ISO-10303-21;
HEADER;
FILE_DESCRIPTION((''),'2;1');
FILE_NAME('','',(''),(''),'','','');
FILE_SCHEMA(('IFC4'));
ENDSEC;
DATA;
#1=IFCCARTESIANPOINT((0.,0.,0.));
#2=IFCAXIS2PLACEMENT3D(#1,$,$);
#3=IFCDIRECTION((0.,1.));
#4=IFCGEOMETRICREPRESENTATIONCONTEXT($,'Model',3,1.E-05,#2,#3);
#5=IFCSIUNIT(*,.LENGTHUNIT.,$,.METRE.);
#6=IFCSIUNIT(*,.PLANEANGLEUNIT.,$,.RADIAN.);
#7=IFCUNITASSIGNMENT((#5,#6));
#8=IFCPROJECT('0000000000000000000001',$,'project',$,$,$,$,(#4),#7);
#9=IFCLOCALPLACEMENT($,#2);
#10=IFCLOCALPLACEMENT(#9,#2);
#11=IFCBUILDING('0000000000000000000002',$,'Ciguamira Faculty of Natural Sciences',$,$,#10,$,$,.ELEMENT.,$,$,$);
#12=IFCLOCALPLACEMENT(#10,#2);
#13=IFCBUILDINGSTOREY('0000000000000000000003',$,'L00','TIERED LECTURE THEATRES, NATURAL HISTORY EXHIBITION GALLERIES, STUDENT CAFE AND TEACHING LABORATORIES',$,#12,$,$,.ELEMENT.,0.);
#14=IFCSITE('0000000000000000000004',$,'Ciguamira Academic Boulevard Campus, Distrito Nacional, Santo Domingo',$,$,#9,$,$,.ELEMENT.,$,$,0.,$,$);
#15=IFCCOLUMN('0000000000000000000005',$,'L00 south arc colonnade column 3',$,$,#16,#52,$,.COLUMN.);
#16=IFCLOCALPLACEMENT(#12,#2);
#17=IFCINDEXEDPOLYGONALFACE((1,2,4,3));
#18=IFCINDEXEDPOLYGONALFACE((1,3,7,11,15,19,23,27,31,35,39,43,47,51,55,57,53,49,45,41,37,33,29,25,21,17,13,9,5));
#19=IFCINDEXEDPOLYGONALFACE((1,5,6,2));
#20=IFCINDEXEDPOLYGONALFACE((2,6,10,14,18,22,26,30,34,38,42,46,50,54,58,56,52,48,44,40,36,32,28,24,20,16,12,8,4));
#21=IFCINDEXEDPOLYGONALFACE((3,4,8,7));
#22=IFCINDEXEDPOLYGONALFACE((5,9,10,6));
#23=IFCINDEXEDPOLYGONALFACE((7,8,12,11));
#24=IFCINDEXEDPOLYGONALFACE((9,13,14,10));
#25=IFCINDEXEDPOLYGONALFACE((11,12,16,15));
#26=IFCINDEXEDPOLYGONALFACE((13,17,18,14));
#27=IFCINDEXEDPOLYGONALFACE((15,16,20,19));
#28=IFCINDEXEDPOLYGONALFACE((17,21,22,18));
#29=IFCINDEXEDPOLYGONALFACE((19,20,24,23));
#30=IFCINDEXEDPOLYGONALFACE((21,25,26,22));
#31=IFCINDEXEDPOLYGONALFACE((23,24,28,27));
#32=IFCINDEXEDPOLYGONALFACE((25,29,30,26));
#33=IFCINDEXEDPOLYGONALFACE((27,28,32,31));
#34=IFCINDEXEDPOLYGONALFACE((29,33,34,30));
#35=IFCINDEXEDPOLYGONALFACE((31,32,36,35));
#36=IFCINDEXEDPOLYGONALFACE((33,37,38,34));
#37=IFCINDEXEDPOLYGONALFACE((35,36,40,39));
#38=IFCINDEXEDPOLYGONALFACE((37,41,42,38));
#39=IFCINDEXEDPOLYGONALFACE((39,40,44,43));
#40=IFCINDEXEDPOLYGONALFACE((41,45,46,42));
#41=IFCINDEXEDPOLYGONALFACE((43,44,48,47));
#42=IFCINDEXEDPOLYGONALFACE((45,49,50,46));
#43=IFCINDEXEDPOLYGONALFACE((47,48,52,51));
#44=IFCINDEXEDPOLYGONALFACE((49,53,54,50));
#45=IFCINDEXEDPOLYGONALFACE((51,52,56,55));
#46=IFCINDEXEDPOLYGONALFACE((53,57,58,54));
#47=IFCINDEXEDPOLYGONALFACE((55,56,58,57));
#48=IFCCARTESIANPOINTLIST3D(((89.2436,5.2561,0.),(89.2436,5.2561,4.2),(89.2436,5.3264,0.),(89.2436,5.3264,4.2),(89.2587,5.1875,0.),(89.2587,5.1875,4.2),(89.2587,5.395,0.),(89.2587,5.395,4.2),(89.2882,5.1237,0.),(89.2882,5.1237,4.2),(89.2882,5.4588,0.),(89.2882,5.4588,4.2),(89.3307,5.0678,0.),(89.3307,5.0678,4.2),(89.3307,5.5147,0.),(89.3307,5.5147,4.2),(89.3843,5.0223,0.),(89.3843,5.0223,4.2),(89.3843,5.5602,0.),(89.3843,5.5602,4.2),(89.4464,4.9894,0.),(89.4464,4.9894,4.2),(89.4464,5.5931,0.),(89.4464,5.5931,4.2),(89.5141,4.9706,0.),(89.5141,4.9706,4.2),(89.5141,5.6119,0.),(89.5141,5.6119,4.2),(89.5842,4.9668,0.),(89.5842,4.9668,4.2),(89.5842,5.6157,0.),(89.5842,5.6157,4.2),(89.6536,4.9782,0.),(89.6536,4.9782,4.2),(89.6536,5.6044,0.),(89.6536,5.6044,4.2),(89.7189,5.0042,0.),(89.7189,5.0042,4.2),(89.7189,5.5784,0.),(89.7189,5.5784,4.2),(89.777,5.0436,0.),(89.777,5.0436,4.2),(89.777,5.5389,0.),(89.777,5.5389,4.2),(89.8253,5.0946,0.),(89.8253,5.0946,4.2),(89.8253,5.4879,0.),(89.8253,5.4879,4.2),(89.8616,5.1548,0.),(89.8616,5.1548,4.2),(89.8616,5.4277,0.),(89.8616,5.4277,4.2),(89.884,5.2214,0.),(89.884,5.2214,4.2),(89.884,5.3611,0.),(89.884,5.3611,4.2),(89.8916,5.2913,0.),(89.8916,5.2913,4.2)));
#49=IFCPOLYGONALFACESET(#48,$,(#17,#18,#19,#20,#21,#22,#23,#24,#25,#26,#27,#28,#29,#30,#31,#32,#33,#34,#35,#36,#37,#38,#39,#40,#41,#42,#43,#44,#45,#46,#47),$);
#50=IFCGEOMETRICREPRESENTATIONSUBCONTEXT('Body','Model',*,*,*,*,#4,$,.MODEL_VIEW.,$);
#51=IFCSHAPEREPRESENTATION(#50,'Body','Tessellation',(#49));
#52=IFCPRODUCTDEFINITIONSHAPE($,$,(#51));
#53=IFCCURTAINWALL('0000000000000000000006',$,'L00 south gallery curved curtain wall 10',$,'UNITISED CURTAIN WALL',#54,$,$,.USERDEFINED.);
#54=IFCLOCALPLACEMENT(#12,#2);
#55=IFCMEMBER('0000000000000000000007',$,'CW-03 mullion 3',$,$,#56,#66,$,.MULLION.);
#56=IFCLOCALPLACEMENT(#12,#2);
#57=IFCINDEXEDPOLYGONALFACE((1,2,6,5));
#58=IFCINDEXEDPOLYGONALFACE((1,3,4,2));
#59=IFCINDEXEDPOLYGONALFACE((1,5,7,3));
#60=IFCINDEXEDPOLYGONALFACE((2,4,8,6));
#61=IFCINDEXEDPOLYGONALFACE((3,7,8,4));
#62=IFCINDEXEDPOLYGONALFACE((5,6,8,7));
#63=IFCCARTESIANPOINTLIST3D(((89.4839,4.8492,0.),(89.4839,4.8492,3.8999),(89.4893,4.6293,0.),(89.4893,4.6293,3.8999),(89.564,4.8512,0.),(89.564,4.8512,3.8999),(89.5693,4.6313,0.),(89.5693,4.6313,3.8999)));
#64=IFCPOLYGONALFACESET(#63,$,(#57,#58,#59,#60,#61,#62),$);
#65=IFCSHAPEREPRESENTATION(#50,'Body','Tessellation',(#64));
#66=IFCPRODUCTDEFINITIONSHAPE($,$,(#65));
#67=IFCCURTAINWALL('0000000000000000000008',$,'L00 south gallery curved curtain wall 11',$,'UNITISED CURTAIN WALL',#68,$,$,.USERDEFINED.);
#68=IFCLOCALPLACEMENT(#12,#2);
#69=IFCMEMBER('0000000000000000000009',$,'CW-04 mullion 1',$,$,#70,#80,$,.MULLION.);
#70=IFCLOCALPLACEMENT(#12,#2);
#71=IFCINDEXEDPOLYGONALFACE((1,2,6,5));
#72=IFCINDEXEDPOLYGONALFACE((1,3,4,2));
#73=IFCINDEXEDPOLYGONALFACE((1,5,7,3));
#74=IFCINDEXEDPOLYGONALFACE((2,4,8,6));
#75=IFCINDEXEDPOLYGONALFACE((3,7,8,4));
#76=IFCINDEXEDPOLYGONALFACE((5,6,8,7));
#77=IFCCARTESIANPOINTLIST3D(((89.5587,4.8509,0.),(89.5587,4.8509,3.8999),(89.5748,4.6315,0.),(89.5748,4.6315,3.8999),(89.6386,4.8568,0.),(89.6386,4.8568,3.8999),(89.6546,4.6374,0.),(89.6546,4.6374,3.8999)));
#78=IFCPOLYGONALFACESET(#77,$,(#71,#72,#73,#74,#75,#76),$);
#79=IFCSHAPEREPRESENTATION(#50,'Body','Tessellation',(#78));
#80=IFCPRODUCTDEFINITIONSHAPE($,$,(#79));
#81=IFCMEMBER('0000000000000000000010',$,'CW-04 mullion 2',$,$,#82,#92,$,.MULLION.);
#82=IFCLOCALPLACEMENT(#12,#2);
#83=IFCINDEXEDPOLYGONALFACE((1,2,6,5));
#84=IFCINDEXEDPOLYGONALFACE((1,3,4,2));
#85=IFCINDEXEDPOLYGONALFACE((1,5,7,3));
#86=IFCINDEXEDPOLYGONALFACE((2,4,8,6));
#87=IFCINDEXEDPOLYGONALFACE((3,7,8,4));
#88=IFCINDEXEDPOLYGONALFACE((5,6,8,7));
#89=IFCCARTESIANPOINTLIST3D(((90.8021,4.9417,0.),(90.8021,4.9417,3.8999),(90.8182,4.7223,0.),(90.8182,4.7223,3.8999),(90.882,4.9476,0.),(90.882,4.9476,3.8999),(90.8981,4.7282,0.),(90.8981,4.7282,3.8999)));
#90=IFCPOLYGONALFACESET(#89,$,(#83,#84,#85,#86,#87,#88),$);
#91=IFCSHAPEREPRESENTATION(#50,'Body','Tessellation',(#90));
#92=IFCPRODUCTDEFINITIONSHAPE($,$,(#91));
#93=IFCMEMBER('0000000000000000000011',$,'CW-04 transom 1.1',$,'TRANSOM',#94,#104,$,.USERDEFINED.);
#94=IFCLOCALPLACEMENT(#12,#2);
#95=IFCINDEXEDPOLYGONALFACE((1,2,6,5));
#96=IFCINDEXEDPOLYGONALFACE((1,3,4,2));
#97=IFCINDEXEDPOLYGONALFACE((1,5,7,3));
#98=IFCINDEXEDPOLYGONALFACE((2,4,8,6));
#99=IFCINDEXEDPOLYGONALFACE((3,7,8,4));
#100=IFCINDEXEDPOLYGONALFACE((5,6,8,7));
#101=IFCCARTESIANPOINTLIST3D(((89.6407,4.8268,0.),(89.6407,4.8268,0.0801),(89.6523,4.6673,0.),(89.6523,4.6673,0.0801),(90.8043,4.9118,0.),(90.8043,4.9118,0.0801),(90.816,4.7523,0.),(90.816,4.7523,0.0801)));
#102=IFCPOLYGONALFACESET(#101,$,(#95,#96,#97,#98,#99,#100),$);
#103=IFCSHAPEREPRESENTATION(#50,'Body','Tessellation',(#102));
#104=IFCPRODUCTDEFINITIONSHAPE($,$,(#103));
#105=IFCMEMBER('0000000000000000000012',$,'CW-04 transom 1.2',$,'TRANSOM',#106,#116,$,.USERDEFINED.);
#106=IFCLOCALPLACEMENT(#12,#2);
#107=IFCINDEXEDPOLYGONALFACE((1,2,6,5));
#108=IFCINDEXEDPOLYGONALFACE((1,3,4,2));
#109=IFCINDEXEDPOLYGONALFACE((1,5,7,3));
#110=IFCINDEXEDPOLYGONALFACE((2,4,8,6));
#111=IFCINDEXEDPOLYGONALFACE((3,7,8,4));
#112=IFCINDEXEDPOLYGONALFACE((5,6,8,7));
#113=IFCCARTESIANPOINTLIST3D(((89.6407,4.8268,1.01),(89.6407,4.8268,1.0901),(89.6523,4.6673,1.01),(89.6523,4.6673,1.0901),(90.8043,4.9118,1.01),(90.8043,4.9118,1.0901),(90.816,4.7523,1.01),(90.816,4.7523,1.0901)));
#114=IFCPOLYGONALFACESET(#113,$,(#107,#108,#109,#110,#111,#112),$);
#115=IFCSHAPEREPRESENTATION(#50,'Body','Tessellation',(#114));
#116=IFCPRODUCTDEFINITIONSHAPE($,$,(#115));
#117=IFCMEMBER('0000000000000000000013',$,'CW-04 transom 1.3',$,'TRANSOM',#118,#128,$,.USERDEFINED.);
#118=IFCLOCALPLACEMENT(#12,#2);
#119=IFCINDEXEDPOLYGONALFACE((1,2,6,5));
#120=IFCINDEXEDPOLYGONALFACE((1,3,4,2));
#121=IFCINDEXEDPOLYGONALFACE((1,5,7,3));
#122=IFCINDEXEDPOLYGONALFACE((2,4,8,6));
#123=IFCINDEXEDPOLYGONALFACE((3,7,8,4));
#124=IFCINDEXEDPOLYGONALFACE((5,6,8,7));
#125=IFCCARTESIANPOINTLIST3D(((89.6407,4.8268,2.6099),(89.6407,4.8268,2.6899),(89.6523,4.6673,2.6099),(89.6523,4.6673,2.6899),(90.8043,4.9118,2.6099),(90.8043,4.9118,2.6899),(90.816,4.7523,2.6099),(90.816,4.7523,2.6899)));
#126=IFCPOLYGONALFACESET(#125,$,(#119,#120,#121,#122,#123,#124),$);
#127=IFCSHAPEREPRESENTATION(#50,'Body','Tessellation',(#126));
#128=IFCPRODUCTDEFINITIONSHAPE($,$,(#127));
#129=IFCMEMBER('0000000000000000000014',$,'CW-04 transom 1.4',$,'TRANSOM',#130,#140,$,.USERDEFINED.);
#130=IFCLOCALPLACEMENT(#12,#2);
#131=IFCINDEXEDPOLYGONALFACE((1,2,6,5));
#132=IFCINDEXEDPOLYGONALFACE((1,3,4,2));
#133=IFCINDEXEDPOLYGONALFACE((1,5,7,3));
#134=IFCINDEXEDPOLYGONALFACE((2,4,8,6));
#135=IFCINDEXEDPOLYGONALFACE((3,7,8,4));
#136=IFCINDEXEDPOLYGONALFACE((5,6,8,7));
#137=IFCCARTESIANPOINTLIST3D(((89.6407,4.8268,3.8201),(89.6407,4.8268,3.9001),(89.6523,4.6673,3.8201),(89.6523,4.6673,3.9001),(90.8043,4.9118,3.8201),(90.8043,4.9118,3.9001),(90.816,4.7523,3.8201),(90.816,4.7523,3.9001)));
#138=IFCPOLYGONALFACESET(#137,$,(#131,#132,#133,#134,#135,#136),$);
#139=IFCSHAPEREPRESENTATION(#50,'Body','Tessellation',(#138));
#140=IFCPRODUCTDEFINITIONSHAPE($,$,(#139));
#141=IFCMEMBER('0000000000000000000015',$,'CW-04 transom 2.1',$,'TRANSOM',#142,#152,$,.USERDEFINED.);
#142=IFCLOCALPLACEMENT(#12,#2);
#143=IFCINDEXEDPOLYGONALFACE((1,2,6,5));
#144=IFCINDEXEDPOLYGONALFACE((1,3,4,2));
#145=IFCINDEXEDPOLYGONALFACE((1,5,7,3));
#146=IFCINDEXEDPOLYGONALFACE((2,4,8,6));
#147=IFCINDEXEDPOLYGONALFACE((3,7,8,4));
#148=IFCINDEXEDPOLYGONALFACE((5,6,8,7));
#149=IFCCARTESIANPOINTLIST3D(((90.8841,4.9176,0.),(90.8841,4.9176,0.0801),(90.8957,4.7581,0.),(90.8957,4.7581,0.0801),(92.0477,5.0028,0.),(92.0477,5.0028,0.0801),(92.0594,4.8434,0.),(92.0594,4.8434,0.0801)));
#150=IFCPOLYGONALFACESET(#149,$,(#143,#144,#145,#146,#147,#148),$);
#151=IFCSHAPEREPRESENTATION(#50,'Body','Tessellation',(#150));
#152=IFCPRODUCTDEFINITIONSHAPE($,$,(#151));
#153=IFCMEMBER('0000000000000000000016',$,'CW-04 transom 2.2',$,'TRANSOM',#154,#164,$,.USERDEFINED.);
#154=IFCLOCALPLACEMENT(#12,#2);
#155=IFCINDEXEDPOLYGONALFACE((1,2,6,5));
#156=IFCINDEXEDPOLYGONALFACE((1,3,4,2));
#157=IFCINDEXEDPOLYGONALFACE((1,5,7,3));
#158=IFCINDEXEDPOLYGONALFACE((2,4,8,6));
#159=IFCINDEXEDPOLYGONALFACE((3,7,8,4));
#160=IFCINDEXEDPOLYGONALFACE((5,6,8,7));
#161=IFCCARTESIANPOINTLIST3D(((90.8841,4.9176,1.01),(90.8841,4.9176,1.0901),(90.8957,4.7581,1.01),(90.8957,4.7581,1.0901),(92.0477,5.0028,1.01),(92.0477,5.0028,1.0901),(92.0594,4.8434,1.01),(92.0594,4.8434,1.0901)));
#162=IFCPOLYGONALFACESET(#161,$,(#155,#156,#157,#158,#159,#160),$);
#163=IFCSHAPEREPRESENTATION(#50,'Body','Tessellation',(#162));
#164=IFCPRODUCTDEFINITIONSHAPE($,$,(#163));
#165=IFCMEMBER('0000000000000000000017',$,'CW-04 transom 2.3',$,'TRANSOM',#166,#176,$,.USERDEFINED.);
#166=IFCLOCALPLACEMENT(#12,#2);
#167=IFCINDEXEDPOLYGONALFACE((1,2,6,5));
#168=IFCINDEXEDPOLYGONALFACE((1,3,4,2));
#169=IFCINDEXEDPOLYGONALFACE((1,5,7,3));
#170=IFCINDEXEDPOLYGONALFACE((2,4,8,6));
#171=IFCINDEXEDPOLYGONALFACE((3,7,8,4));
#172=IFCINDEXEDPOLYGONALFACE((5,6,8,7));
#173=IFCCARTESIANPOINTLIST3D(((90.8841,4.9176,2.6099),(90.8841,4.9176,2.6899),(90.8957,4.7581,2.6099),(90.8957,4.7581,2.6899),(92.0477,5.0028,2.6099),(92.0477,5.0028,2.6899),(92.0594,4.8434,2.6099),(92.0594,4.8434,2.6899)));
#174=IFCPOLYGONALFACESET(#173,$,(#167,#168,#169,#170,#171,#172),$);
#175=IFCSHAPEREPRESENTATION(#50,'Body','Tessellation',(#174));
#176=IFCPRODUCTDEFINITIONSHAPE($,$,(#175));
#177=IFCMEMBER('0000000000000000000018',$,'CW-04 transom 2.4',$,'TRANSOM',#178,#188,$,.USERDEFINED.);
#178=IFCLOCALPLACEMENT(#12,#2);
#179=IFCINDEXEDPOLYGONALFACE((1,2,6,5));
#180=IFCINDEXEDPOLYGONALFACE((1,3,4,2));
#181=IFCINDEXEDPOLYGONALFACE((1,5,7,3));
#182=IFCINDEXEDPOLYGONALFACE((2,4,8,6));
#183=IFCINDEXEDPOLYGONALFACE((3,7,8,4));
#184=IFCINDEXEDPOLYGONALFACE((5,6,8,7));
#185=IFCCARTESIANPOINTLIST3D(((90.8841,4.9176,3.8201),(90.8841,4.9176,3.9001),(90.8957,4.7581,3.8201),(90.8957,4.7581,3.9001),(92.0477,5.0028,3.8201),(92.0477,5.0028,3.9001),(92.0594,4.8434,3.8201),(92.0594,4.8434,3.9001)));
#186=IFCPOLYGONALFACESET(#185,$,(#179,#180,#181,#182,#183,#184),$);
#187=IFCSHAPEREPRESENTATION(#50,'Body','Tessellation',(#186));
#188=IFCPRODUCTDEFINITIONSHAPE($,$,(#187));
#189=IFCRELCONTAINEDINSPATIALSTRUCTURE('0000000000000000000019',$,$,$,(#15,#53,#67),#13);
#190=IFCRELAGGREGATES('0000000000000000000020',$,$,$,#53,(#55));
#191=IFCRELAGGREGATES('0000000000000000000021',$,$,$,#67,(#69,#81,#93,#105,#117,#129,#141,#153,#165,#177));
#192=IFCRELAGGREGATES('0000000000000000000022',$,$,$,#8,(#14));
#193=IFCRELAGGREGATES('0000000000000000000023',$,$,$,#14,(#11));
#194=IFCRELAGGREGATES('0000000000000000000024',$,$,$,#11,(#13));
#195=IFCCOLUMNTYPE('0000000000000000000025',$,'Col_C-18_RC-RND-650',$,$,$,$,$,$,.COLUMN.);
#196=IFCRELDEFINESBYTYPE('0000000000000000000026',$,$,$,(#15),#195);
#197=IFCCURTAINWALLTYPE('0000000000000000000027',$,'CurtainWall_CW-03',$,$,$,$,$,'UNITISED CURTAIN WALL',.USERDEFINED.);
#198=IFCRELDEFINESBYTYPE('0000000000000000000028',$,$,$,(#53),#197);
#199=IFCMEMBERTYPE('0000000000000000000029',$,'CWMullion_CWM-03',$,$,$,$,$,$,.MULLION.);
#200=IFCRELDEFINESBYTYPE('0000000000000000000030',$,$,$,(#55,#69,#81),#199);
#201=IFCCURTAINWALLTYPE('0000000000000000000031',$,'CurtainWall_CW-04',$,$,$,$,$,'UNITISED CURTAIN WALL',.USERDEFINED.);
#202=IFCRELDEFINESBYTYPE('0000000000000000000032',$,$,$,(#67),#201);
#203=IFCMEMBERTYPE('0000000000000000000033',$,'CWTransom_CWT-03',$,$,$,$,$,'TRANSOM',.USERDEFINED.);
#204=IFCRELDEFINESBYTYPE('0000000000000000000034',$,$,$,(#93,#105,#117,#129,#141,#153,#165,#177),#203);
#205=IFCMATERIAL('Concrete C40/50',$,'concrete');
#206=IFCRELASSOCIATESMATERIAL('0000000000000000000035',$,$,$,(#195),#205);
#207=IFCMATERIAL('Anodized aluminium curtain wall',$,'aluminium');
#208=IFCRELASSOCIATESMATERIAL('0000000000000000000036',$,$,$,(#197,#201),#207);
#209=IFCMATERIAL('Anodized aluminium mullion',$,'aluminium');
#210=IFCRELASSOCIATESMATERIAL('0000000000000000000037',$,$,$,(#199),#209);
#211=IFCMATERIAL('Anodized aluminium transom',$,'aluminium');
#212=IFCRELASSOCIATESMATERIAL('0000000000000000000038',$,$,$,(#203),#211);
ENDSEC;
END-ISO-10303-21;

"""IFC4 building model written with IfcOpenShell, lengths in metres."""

from ifc_helpers import new_model, si_unit, direction, frame, origin, origin_2d, place, context, subcontext, project, spatial, rectangle, circle, extrude, material, material_profile, profile_set, type_object, element, aggregate, save


model = new_model("IFC4")

# Units and contexts
model_context = context("Model", 3, precision=1e-05, world=origin(), true_north=direction((0.0, 1.0)))
body_context = subcontext(model_context, "Body", "Model", "MODEL_VIEW")
ifc_project = project(units=[si_unit("LENGTHUNIT", "METRE"), si_unit("PLANEANGLEUNIT", "RADIAN")], contexts=[model_context])

# Site, building, storey
site_placement = place(None, origin())
site = spatial("IfcSite", under=ifc_project, at=site_placement, Name="Ciguamira Academic Boulevard Campus, Distrito Nacional, Santo Domingo", CompositionType="ELEMENT", RefElevation=0.0)
building_placement = place(site_placement, origin())
building = spatial("IfcBuilding", under=site, at=building_placement, Name="Ciguamira Faculty of Natural Sciences", CompositionType="ELEMENT")
storey_placement = place(building_placement, origin())
storey = spatial("IfcBuildingStorey", under=building, at=storey_placement, Name="L00", Description="TIERED LECTURE THEATRES, NATURAL HISTORY EXHIBITION GALLERIES, STUDENT CAFE AND TEACHING LABORATORIES", CompositionType="ELEMENT", Elevation=0.0)

# Column
ifc_material_1 = material(Name="Concrete C40/50", Category="concrete")
ifc_material_profile_1 = material_profile(ifc_material_1, circle(Radius=0.325, at=origin_2d()), Name="RC-RND-650")
ifc_profile_set_1 = profile_set([ifc_material_profile_1], Name="Concrete C40/50")
column_type = type_object("IfcColumnType", Name="Col_C-18_RC-RND-650", PredefinedType="COLUMN", material=ifc_profile_set_1)
column_placement = place(storey_placement, frame((89.5667, 5.2913, 0.0), z_axis=(0.0, 0.0, 1.0), x_axis=(1.0, 0.0, 0.0)))
element("IfcColumn", 1, at=column_placement, inside=storey, type_object=column_type, Name="L00 south arc colonnade column 3", PredefinedType="COLUMN", context=body_context, shape_type="SweptSolid", body=[
    extrude(circle(Radius=0.325, at=origin_2d()), origin(), (0.0, 0.0, 1.0), 4.2),
])

# Curtain wall, member
ifc_material_2 = material(Name="Anodized aluminium curtain wall", Category="aluminium")
curtain_wall_type_1 = type_object("IfcCurtainWallType", Name="CurtainWall_CW-03", ElementType="UNITISED CURTAIN WALL", PredefinedType="USERDEFINED", material=ifc_material_2)
curtain_wall_1_placement = place(storey_placement, origin())
curtain_wall_1 = element("IfcCurtainWall", 2, at=curtain_wall_1_placement, inside=storey, type_object=curtain_wall_type_1, Name="L00 south gallery curved curtain wall 10", ObjectType="UNITISED CURTAIN WALL", PredefinedType="USERDEFINED")
ifc_material_3 = material(Name="Anodized aluminium mullion", Category="aluminium")
ifc_material_profile_2 = material_profile(ifc_material_3, rectangle(XDim=0.0801, YDim=0.22, at=origin_2d()), Name="ALU-MUL-80X220")
ifc_profile_set_2 = profile_set([ifc_material_profile_2], Name="Anodized aluminium mullion")
member_type_1 = type_object("IfcMemberType", Name="CWMullion_CWM-03", PredefinedType="MULLION", material=ifc_profile_set_2)
member_1_placement = place(storey_placement, frame((89.5266, 4.7402, 0.0), z_axis=(0.0, 0.0, 1.0), x_axis=(0.999704, 0.024343, 0.0)))
member_1 = element("IfcMember", 3, at=member_1_placement, type_object=member_type_1, Name="CW-03 mullion 3", PredefinedType="MULLION", context=body_context, shape_type="SweptSolid", body=[
    extrude(rectangle(XDim=0.0801, YDim=0.22, at=origin_2d()), origin(), (0.0, 0.0, 1.0), 3.8999),
])

# Curtain wall, members
curtain_wall_type_2 = type_object("IfcCurtainWallType", Name="CurtainWall_CW-04", ElementType="UNITISED CURTAIN WALL", PredefinedType="USERDEFINED", material=ifc_material_2)
curtain_wall_2_placement = place(storey_placement, origin())
curtain_wall_2 = element("IfcCurtainWall", 4, at=curtain_wall_2_placement, inside=storey, type_object=curtain_wall_type_2, Name="L00 south gallery curved curtain wall 11", ObjectType="UNITISED CURTAIN WALL", PredefinedType="USERDEFINED")
member_2_placement = place(storey_placement, frame((89.6067, 4.7441, 0.0), z_axis=(0.0, 0.0, 1.0), x_axis=(0.997337, 0.072937, 0.0)))
member_2 = element("IfcMember", 5, at=member_2_placement, type_object=member_type_1, Name="CW-04 mullion 1", PredefinedType="MULLION", context=body_context, shape_type="SweptSolid", body=[
    extrude(rectangle(XDim=0.0801, YDim=0.22, at=origin_2d()), origin(), (0.0, 0.0, 1.0), 3.8999),
])
member_3_placement = place(storey_placement, frame((90.8501, 4.835, 0.0), z_axis=(0.0, 0.0, 1.0), x_axis=(0.997337, 0.072937, 0.0)))
member_3 = element("IfcMember", 6, at=member_3_placement, type_object=member_type_1, Name="CW-04 mullion 2", PredefinedType="MULLION", context=body_context, shape_type="SweptSolid", body=[
    extrude(rectangle(XDim=0.0801, YDim=0.22, at=origin_2d()), origin(), (0.0, 0.0, 1.0), 3.8999),
])
ifc_material_4 = material(Name="Anodized aluminium transom", Category="aluminium")
ifc_material_profile_3 = material_profile(ifc_material_4, rectangle(XDim=0.0801, YDim=0.1599, at=origin_2d()), Name="ALU-TRN-80X160")
ifc_profile_set_3 = profile_set([ifc_material_profile_3], Name="Anodized aluminium transom")
member_type_2 = type_object("IfcMemberType", Name="CWTransom_CWT-03", ElementType="TRANSOM", PredefinedType="USERDEFINED", material=ifc_profile_set_3)
member_4_placement = place(storey_placement, frame((89.6465, 4.7471, 0.04), z_axis=(0.997345, 0.072823, 0.0), x_axis=(0.0, 0.0, 1.0)))
member_4 = element("IfcMember", 7, at=member_4_placement, type_object=member_type_2, Name="CW-04 transom 1.1", ObjectType="TRANSOM", PredefinedType="USERDEFINED", context=body_context, shape_type="SweptSolid", body=[
    extrude(rectangle(XDim=0.0801, YDim=0.1599, at=origin_2d()), origin(), (0.0, 0.0, 1.0), 1.1667),
])
member_5_placement = place(storey_placement, frame((89.6465, 4.7471, 1.05), z_axis=(0.997345, 0.072823, 0.0), x_axis=(0.0, 0.0, 1.0)))
member_5 = element("IfcMember", 8, at=member_5_placement, type_object=member_type_2, Name="CW-04 transom 1.2", ObjectType="TRANSOM", PredefinedType="USERDEFINED", context=body_context, shape_type="SweptSolid", body=[
    extrude(rectangle(XDim=0.0801, YDim=0.1599, at=origin_2d()), origin(), (0.0, 0.0, 1.0), 1.1667),
])
member_6_placement = place(storey_placement, frame((89.6465, 4.7471, 2.6499), z_axis=(0.997345, 0.072823, 0.0), x_axis=(0.0, 0.0, 1.0)))
member_6 = element("IfcMember", 9, at=member_6_placement, type_object=member_type_2, Name="CW-04 transom 1.3", ObjectType="TRANSOM", PredefinedType="USERDEFINED", context=body_context, shape_type="SweptSolid", body=[
    extrude(rectangle(XDim=0.0801, YDim=0.1599, at=origin_2d()), origin(), (0.0, 0.0, 1.0), 1.1667),
])
member_7_placement = place(storey_placement, frame((89.6465, 4.7471, 3.8601), z_axis=(0.997345, 0.072823, 0.0), x_axis=(0.0, 0.0, 1.0)))
member_7 = element("IfcMember", 10, at=member_7_placement, type_object=member_type_2, Name="CW-04 transom 1.4", ObjectType="TRANSOM", PredefinedType="USERDEFINED", context=body_context, shape_type="SweptSolid", body=[
    extrude(rectangle(XDim=0.0801, YDim=0.1599, at=origin_2d()), origin(), (0.0, 0.0, 1.0), 1.1667),
])
member_8_placement = place(storey_placement, frame((90.8899, 4.8379, 0.04), z_axis=(0.99733, 0.073031, 0.0), x_axis=(0.0, 0.0, 1.0)))
member_8 = element("IfcMember", 11, at=member_8_placement, type_object=member_type_2, Name="CW-04 transom 2.1", ObjectType="TRANSOM", PredefinedType="USERDEFINED", context=body_context, shape_type="SweptSolid", body=[
    extrude(rectangle(XDim=0.0801, YDim=0.1599, at=origin_2d()), origin(), (0.0, 0.0, 1.0), 1.1667),
])
member_9_placement = place(storey_placement, frame((90.8899, 4.8379, 1.05), z_axis=(0.99733, 0.073031, 0.0), x_axis=(0.0, 0.0, 1.0)))
member_9 = element("IfcMember", 12, at=member_9_placement, type_object=member_type_2, Name="CW-04 transom 2.2", ObjectType="TRANSOM", PredefinedType="USERDEFINED", context=body_context, shape_type="SweptSolid", body=[
    extrude(rectangle(XDim=0.0801, YDim=0.1599, at=origin_2d()), origin(), (0.0, 0.0, 1.0), 1.1667),
])
member_10_placement = place(storey_placement, frame((90.8899, 4.8379, 2.6499), z_axis=(0.99733, 0.073031, 0.0), x_axis=(0.0, 0.0, 1.0)))
member_10 = element("IfcMember", 13, at=member_10_placement, type_object=member_type_2, Name="CW-04 transom 2.3", ObjectType="TRANSOM", PredefinedType="USERDEFINED", context=body_context, shape_type="SweptSolid", body=[
    extrude(rectangle(XDim=0.0801, YDim=0.1599, at=origin_2d()), origin(), (0.0, 0.0, 1.0), 1.1667),
])
member_11_placement = place(storey_placement, frame((90.8899, 4.8379, 3.8601), z_axis=(0.99733, 0.073031, 0.0), x_axis=(0.0, 0.0, 1.0)))
member_11 = element("IfcMember", 14, at=member_11_placement, type_object=member_type_2, Name="CW-04 transom 2.4", ObjectType="TRANSOM", PredefinedType="USERDEFINED", context=body_context, shape_type="SweptSolid", body=[
    extrude(rectangle(XDim=0.0801, YDim=0.1599, at=origin_2d()), origin(), (0.0, 0.0, 1.0), 1.1667),
])

aggregate(curtain_wall_1, [member_1])
aggregate(curtain_wall_2, [member_2, member_3, member_4, member_5, member_6, member_7, member_8, member_9, member_10, member_11])

save(model, "model.ifc")
